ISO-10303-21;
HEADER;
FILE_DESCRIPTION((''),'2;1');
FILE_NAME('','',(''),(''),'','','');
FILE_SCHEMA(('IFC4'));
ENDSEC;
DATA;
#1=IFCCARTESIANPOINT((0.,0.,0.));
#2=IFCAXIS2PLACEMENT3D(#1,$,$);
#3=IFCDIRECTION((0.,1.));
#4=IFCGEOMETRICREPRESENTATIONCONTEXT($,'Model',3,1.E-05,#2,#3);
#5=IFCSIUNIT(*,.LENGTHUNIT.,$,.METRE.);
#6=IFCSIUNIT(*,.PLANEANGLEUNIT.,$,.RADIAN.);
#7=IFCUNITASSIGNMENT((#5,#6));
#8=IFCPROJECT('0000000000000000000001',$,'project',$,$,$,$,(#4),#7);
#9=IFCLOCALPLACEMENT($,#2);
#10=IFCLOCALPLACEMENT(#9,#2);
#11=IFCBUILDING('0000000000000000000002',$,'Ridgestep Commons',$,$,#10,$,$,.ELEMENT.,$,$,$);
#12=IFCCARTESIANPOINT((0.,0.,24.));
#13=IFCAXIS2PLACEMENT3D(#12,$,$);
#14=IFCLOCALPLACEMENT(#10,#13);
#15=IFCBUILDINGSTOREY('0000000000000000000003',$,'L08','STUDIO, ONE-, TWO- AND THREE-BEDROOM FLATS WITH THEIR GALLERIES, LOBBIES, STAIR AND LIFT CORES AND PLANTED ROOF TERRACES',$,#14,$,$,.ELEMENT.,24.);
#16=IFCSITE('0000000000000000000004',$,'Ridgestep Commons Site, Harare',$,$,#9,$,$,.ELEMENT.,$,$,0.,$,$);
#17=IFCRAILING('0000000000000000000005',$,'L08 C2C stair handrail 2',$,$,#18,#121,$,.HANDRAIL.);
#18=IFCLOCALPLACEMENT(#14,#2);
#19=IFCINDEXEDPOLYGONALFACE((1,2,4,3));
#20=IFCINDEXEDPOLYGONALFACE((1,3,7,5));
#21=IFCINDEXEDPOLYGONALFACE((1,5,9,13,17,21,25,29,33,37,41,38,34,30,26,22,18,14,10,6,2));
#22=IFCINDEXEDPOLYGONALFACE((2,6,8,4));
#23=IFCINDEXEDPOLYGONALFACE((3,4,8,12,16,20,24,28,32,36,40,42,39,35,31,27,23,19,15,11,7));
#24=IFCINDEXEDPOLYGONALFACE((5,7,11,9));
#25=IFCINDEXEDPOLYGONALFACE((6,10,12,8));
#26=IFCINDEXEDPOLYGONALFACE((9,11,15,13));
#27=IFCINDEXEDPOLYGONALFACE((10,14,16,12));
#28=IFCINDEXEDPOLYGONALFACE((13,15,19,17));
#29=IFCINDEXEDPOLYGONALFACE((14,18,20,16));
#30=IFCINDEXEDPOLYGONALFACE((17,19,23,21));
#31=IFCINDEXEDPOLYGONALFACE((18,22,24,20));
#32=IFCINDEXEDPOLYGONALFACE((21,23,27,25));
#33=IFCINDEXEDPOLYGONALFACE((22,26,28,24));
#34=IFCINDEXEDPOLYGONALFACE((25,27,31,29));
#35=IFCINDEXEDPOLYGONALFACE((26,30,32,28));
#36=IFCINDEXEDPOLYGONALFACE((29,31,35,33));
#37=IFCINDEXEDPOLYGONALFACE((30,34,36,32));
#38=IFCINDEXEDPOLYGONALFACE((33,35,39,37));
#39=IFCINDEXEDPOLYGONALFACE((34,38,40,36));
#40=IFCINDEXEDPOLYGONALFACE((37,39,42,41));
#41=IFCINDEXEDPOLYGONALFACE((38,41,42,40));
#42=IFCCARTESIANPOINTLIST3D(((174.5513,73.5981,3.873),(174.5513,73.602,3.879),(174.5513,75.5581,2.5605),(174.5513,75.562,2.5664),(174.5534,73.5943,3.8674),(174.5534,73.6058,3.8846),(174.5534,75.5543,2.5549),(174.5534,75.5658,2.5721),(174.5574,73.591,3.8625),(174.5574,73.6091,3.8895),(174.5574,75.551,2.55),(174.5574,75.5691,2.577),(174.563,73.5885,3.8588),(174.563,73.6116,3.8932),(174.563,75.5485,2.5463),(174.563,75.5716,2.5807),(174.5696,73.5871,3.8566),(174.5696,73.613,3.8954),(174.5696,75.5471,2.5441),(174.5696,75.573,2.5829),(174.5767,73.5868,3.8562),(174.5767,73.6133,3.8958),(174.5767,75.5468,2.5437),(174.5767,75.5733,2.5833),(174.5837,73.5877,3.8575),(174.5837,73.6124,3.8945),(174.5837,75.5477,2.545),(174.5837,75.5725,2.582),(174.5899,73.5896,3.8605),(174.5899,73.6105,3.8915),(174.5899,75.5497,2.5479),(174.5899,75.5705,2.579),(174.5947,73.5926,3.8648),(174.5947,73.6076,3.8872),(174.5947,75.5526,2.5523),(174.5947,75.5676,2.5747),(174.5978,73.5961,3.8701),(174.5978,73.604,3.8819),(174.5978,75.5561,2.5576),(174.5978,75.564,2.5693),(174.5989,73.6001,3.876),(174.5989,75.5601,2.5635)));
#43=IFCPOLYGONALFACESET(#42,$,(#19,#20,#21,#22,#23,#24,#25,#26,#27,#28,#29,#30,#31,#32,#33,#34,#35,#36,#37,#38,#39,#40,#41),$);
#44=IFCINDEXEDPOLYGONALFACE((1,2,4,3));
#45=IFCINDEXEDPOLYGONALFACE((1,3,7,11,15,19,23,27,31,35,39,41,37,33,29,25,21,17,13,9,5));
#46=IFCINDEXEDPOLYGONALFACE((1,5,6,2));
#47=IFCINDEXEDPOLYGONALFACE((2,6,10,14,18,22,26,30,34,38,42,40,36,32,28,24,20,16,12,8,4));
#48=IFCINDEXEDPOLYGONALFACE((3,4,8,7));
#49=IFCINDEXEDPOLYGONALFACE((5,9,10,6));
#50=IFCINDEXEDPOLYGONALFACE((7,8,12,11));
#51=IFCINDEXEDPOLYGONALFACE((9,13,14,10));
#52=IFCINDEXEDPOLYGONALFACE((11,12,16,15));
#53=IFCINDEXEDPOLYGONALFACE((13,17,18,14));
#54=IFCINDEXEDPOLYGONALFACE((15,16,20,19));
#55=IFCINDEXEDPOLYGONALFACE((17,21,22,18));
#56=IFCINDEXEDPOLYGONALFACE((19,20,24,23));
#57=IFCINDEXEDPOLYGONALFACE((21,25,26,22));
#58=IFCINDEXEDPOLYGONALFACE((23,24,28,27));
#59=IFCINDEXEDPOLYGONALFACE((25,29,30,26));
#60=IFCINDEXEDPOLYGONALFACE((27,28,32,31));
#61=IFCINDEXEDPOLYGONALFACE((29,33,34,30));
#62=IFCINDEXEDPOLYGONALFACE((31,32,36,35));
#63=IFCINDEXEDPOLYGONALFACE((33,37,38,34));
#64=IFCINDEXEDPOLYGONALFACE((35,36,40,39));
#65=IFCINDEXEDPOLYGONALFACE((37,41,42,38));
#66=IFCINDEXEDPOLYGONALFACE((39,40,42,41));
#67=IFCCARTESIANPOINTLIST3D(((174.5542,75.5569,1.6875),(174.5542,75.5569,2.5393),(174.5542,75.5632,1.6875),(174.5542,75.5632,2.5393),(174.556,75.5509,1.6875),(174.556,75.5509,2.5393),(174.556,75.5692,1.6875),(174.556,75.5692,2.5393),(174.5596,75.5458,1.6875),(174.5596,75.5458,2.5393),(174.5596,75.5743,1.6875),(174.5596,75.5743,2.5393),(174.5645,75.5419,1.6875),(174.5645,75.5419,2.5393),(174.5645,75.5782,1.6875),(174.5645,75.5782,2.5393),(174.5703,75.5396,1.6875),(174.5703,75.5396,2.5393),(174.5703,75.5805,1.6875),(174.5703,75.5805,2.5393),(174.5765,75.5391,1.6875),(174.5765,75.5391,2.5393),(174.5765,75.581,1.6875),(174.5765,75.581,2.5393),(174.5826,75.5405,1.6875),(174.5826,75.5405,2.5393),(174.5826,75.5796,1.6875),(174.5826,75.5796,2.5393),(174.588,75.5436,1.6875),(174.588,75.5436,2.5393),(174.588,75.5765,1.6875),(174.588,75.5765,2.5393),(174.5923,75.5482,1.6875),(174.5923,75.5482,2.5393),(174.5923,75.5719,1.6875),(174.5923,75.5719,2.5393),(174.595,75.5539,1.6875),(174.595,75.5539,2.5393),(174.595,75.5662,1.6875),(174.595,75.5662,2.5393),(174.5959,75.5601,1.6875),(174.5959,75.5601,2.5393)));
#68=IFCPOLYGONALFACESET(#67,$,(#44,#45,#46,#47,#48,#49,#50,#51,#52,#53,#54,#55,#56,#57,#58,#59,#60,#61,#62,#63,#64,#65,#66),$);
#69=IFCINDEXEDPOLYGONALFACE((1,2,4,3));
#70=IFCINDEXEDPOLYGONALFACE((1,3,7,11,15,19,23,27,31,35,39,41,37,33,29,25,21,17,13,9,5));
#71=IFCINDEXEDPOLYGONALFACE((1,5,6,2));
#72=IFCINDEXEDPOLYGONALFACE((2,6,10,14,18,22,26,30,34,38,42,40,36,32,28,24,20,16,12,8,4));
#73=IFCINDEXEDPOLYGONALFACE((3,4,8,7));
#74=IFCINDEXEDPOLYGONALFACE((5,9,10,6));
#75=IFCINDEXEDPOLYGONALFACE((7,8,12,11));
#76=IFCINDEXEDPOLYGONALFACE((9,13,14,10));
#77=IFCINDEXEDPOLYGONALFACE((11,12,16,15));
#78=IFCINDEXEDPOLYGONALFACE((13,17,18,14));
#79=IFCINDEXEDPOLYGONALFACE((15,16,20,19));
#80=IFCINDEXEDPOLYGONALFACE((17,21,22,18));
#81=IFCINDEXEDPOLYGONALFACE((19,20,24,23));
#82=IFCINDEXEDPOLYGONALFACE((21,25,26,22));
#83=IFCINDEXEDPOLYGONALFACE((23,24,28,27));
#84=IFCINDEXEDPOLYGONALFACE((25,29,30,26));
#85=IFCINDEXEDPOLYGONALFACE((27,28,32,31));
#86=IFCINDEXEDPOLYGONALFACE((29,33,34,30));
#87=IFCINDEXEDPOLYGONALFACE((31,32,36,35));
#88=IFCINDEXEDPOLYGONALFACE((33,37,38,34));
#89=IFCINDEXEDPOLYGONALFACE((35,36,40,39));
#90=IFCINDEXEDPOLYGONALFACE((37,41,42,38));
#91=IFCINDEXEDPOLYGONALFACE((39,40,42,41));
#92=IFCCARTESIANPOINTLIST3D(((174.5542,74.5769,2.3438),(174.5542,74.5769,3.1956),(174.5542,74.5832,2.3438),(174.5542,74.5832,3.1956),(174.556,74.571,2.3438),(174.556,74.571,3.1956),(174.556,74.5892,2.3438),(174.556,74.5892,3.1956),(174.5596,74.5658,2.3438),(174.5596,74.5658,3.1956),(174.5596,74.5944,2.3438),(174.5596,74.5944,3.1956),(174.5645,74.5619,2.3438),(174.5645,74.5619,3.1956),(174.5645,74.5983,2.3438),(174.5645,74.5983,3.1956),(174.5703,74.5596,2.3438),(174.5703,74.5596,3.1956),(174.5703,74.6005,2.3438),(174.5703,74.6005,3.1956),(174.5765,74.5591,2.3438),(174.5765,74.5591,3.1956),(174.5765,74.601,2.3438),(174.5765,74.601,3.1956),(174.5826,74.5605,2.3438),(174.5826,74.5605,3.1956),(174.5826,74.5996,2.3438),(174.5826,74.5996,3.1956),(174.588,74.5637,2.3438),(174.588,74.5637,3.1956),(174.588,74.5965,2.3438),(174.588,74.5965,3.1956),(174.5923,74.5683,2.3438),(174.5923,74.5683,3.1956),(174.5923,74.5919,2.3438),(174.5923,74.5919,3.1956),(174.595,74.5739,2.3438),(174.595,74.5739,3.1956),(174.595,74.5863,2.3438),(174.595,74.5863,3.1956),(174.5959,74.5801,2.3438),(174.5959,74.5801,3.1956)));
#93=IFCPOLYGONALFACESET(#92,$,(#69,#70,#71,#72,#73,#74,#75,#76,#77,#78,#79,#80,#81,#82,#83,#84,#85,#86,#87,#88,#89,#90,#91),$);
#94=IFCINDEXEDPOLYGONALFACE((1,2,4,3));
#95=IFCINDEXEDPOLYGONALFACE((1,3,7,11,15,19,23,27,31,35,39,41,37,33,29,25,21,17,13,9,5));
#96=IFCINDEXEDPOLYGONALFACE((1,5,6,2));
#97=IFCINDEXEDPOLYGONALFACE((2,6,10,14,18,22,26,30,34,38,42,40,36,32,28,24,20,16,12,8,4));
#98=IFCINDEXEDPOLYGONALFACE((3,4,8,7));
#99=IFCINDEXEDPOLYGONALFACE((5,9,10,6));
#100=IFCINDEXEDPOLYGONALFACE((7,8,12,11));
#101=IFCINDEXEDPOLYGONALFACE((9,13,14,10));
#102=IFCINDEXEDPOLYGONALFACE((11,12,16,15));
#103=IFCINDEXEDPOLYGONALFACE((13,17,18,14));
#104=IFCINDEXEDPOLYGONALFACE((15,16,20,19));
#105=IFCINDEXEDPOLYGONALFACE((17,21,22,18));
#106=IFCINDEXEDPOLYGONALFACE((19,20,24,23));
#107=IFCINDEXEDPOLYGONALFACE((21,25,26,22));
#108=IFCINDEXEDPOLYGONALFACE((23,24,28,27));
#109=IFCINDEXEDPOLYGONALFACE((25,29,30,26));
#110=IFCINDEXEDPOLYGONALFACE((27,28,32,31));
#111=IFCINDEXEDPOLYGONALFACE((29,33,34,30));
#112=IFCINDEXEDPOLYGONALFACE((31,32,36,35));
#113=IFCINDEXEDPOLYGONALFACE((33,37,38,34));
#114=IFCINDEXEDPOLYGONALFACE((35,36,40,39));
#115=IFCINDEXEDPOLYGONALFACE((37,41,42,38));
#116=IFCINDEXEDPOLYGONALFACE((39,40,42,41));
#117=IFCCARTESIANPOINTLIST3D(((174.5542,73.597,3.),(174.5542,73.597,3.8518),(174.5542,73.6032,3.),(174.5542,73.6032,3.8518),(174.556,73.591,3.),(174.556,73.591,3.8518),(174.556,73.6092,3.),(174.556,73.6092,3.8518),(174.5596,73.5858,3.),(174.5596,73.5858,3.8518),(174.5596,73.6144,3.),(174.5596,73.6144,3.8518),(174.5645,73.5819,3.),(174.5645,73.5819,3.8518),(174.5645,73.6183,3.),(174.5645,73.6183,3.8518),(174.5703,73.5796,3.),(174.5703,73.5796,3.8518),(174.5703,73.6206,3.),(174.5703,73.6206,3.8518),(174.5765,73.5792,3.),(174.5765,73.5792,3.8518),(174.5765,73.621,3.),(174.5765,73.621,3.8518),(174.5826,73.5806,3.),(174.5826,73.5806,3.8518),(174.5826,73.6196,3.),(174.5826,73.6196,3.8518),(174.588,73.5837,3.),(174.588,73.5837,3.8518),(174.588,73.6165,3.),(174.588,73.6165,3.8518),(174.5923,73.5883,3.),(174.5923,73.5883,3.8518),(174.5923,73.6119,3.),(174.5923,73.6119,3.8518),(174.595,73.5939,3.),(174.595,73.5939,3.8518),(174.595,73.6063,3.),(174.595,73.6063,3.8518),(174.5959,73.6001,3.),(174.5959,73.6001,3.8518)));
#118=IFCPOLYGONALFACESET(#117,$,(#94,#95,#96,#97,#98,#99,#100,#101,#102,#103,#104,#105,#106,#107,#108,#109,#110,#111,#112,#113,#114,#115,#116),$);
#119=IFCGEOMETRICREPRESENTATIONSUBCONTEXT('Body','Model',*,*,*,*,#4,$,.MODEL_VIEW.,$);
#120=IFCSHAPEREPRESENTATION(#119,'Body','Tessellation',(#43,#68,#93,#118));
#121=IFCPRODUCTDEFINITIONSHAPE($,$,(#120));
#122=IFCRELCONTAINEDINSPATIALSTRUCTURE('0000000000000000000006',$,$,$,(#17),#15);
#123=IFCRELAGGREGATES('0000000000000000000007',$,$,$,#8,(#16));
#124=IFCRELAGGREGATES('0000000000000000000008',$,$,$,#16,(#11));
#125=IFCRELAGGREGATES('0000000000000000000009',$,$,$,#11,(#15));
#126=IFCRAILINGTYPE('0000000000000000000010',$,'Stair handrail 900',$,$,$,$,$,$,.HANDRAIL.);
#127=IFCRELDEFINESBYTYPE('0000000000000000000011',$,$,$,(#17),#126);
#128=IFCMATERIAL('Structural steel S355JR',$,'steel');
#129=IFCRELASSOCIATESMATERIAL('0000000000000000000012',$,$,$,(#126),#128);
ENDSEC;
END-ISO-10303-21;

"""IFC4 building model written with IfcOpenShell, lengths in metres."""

from ifc_helpers import new_model, si_unit, direction, frame, origin, origin_2d, place, context, subcontext, project, spatial, circle, extrude, material, type_object, element, save


model = new_model("IFC4")

# Units and contexts
model_context = context("Model", 3, precision=1e-05, world=origin(), true_north=direction((0.0, 1.0)))
body_context = subcontext(model_context, "Body", "Model", "MODEL_VIEW")
ifc_project = project(units=[si_unit("LENGTHUNIT", "METRE"), si_unit("PLANEANGLEUNIT", "RADIAN")], contexts=[model_context])

# Site, building, storey
site_placement = place(None, origin())
site = spatial("IfcSite", under=ifc_project, at=site_placement, Name="Ridgestep Commons Site, Harare", CompositionType="ELEMENT", RefElevation=0.0)
building_placement = place(site_placement, origin())
building = spatial("IfcBuilding", under=site, at=building_placement, Name="Ridgestep Commons", CompositionType="ELEMENT")
storey_placement = place(building_placement, frame((0.0, 0.0, 24.0)))
storey = spatial("IfcBuildingStorey", under=building, at=storey_placement, Name="L08", Description="STUDIO, ONE-, TWO- AND THREE-BEDROOM FLATS WITH THEIR GALLERIES, LOBBIES, STAIR AND LIFT CORES AND PLANTED ROOF TERRACES", CompositionType="ELEMENT", Elevation=24.0)

# Railing
ifc_material_1 = material(Name="Structural steel S355JR", Category="steel")
railing_type_1 = type_object("IfcRailingType", Name="Stair handrail 900", PredefinedType="HANDRAIL", material=ifc_material_1)
railing_1_placement = place(storey_placement, frame((174.575, 75.5601, 1.6875)))
element("IfcRailing", 1, at=railing_1_placement, inside=storey, type_object=railing_type_1, Name="L08 C2C stair handrail 2", PredefinedType="HANDRAIL", context=body_context, shape_type="SweptSolid", body=[
    extrude(circle(Radius=0.0239, at=origin_2d()), frame((0.0, 0.0, 0.876), z_axis=(0.0, -0.830902, 0.556419), x_axis=(1.0, 0.0, 0.0)), (0.0, 0.0, 1.0), 2.3589),
    extrude(circle(Radius=0.021, at=origin_2d()), origin(), (0.0, 0.0, 1.0), 0.8518),
    extrude(circle(Radius=0.021, at=origin_2d()), frame((0.0, -0.98, 0.6562)), (0.0, 0.0, 1.0), 0.8518),
    extrude(circle(Radius=0.021, at=origin_2d()), frame((0.0, -1.96, 1.3125)), (0.0, 0.0, 1.0), 0.8518),
])

save(model, "model.ifc")
